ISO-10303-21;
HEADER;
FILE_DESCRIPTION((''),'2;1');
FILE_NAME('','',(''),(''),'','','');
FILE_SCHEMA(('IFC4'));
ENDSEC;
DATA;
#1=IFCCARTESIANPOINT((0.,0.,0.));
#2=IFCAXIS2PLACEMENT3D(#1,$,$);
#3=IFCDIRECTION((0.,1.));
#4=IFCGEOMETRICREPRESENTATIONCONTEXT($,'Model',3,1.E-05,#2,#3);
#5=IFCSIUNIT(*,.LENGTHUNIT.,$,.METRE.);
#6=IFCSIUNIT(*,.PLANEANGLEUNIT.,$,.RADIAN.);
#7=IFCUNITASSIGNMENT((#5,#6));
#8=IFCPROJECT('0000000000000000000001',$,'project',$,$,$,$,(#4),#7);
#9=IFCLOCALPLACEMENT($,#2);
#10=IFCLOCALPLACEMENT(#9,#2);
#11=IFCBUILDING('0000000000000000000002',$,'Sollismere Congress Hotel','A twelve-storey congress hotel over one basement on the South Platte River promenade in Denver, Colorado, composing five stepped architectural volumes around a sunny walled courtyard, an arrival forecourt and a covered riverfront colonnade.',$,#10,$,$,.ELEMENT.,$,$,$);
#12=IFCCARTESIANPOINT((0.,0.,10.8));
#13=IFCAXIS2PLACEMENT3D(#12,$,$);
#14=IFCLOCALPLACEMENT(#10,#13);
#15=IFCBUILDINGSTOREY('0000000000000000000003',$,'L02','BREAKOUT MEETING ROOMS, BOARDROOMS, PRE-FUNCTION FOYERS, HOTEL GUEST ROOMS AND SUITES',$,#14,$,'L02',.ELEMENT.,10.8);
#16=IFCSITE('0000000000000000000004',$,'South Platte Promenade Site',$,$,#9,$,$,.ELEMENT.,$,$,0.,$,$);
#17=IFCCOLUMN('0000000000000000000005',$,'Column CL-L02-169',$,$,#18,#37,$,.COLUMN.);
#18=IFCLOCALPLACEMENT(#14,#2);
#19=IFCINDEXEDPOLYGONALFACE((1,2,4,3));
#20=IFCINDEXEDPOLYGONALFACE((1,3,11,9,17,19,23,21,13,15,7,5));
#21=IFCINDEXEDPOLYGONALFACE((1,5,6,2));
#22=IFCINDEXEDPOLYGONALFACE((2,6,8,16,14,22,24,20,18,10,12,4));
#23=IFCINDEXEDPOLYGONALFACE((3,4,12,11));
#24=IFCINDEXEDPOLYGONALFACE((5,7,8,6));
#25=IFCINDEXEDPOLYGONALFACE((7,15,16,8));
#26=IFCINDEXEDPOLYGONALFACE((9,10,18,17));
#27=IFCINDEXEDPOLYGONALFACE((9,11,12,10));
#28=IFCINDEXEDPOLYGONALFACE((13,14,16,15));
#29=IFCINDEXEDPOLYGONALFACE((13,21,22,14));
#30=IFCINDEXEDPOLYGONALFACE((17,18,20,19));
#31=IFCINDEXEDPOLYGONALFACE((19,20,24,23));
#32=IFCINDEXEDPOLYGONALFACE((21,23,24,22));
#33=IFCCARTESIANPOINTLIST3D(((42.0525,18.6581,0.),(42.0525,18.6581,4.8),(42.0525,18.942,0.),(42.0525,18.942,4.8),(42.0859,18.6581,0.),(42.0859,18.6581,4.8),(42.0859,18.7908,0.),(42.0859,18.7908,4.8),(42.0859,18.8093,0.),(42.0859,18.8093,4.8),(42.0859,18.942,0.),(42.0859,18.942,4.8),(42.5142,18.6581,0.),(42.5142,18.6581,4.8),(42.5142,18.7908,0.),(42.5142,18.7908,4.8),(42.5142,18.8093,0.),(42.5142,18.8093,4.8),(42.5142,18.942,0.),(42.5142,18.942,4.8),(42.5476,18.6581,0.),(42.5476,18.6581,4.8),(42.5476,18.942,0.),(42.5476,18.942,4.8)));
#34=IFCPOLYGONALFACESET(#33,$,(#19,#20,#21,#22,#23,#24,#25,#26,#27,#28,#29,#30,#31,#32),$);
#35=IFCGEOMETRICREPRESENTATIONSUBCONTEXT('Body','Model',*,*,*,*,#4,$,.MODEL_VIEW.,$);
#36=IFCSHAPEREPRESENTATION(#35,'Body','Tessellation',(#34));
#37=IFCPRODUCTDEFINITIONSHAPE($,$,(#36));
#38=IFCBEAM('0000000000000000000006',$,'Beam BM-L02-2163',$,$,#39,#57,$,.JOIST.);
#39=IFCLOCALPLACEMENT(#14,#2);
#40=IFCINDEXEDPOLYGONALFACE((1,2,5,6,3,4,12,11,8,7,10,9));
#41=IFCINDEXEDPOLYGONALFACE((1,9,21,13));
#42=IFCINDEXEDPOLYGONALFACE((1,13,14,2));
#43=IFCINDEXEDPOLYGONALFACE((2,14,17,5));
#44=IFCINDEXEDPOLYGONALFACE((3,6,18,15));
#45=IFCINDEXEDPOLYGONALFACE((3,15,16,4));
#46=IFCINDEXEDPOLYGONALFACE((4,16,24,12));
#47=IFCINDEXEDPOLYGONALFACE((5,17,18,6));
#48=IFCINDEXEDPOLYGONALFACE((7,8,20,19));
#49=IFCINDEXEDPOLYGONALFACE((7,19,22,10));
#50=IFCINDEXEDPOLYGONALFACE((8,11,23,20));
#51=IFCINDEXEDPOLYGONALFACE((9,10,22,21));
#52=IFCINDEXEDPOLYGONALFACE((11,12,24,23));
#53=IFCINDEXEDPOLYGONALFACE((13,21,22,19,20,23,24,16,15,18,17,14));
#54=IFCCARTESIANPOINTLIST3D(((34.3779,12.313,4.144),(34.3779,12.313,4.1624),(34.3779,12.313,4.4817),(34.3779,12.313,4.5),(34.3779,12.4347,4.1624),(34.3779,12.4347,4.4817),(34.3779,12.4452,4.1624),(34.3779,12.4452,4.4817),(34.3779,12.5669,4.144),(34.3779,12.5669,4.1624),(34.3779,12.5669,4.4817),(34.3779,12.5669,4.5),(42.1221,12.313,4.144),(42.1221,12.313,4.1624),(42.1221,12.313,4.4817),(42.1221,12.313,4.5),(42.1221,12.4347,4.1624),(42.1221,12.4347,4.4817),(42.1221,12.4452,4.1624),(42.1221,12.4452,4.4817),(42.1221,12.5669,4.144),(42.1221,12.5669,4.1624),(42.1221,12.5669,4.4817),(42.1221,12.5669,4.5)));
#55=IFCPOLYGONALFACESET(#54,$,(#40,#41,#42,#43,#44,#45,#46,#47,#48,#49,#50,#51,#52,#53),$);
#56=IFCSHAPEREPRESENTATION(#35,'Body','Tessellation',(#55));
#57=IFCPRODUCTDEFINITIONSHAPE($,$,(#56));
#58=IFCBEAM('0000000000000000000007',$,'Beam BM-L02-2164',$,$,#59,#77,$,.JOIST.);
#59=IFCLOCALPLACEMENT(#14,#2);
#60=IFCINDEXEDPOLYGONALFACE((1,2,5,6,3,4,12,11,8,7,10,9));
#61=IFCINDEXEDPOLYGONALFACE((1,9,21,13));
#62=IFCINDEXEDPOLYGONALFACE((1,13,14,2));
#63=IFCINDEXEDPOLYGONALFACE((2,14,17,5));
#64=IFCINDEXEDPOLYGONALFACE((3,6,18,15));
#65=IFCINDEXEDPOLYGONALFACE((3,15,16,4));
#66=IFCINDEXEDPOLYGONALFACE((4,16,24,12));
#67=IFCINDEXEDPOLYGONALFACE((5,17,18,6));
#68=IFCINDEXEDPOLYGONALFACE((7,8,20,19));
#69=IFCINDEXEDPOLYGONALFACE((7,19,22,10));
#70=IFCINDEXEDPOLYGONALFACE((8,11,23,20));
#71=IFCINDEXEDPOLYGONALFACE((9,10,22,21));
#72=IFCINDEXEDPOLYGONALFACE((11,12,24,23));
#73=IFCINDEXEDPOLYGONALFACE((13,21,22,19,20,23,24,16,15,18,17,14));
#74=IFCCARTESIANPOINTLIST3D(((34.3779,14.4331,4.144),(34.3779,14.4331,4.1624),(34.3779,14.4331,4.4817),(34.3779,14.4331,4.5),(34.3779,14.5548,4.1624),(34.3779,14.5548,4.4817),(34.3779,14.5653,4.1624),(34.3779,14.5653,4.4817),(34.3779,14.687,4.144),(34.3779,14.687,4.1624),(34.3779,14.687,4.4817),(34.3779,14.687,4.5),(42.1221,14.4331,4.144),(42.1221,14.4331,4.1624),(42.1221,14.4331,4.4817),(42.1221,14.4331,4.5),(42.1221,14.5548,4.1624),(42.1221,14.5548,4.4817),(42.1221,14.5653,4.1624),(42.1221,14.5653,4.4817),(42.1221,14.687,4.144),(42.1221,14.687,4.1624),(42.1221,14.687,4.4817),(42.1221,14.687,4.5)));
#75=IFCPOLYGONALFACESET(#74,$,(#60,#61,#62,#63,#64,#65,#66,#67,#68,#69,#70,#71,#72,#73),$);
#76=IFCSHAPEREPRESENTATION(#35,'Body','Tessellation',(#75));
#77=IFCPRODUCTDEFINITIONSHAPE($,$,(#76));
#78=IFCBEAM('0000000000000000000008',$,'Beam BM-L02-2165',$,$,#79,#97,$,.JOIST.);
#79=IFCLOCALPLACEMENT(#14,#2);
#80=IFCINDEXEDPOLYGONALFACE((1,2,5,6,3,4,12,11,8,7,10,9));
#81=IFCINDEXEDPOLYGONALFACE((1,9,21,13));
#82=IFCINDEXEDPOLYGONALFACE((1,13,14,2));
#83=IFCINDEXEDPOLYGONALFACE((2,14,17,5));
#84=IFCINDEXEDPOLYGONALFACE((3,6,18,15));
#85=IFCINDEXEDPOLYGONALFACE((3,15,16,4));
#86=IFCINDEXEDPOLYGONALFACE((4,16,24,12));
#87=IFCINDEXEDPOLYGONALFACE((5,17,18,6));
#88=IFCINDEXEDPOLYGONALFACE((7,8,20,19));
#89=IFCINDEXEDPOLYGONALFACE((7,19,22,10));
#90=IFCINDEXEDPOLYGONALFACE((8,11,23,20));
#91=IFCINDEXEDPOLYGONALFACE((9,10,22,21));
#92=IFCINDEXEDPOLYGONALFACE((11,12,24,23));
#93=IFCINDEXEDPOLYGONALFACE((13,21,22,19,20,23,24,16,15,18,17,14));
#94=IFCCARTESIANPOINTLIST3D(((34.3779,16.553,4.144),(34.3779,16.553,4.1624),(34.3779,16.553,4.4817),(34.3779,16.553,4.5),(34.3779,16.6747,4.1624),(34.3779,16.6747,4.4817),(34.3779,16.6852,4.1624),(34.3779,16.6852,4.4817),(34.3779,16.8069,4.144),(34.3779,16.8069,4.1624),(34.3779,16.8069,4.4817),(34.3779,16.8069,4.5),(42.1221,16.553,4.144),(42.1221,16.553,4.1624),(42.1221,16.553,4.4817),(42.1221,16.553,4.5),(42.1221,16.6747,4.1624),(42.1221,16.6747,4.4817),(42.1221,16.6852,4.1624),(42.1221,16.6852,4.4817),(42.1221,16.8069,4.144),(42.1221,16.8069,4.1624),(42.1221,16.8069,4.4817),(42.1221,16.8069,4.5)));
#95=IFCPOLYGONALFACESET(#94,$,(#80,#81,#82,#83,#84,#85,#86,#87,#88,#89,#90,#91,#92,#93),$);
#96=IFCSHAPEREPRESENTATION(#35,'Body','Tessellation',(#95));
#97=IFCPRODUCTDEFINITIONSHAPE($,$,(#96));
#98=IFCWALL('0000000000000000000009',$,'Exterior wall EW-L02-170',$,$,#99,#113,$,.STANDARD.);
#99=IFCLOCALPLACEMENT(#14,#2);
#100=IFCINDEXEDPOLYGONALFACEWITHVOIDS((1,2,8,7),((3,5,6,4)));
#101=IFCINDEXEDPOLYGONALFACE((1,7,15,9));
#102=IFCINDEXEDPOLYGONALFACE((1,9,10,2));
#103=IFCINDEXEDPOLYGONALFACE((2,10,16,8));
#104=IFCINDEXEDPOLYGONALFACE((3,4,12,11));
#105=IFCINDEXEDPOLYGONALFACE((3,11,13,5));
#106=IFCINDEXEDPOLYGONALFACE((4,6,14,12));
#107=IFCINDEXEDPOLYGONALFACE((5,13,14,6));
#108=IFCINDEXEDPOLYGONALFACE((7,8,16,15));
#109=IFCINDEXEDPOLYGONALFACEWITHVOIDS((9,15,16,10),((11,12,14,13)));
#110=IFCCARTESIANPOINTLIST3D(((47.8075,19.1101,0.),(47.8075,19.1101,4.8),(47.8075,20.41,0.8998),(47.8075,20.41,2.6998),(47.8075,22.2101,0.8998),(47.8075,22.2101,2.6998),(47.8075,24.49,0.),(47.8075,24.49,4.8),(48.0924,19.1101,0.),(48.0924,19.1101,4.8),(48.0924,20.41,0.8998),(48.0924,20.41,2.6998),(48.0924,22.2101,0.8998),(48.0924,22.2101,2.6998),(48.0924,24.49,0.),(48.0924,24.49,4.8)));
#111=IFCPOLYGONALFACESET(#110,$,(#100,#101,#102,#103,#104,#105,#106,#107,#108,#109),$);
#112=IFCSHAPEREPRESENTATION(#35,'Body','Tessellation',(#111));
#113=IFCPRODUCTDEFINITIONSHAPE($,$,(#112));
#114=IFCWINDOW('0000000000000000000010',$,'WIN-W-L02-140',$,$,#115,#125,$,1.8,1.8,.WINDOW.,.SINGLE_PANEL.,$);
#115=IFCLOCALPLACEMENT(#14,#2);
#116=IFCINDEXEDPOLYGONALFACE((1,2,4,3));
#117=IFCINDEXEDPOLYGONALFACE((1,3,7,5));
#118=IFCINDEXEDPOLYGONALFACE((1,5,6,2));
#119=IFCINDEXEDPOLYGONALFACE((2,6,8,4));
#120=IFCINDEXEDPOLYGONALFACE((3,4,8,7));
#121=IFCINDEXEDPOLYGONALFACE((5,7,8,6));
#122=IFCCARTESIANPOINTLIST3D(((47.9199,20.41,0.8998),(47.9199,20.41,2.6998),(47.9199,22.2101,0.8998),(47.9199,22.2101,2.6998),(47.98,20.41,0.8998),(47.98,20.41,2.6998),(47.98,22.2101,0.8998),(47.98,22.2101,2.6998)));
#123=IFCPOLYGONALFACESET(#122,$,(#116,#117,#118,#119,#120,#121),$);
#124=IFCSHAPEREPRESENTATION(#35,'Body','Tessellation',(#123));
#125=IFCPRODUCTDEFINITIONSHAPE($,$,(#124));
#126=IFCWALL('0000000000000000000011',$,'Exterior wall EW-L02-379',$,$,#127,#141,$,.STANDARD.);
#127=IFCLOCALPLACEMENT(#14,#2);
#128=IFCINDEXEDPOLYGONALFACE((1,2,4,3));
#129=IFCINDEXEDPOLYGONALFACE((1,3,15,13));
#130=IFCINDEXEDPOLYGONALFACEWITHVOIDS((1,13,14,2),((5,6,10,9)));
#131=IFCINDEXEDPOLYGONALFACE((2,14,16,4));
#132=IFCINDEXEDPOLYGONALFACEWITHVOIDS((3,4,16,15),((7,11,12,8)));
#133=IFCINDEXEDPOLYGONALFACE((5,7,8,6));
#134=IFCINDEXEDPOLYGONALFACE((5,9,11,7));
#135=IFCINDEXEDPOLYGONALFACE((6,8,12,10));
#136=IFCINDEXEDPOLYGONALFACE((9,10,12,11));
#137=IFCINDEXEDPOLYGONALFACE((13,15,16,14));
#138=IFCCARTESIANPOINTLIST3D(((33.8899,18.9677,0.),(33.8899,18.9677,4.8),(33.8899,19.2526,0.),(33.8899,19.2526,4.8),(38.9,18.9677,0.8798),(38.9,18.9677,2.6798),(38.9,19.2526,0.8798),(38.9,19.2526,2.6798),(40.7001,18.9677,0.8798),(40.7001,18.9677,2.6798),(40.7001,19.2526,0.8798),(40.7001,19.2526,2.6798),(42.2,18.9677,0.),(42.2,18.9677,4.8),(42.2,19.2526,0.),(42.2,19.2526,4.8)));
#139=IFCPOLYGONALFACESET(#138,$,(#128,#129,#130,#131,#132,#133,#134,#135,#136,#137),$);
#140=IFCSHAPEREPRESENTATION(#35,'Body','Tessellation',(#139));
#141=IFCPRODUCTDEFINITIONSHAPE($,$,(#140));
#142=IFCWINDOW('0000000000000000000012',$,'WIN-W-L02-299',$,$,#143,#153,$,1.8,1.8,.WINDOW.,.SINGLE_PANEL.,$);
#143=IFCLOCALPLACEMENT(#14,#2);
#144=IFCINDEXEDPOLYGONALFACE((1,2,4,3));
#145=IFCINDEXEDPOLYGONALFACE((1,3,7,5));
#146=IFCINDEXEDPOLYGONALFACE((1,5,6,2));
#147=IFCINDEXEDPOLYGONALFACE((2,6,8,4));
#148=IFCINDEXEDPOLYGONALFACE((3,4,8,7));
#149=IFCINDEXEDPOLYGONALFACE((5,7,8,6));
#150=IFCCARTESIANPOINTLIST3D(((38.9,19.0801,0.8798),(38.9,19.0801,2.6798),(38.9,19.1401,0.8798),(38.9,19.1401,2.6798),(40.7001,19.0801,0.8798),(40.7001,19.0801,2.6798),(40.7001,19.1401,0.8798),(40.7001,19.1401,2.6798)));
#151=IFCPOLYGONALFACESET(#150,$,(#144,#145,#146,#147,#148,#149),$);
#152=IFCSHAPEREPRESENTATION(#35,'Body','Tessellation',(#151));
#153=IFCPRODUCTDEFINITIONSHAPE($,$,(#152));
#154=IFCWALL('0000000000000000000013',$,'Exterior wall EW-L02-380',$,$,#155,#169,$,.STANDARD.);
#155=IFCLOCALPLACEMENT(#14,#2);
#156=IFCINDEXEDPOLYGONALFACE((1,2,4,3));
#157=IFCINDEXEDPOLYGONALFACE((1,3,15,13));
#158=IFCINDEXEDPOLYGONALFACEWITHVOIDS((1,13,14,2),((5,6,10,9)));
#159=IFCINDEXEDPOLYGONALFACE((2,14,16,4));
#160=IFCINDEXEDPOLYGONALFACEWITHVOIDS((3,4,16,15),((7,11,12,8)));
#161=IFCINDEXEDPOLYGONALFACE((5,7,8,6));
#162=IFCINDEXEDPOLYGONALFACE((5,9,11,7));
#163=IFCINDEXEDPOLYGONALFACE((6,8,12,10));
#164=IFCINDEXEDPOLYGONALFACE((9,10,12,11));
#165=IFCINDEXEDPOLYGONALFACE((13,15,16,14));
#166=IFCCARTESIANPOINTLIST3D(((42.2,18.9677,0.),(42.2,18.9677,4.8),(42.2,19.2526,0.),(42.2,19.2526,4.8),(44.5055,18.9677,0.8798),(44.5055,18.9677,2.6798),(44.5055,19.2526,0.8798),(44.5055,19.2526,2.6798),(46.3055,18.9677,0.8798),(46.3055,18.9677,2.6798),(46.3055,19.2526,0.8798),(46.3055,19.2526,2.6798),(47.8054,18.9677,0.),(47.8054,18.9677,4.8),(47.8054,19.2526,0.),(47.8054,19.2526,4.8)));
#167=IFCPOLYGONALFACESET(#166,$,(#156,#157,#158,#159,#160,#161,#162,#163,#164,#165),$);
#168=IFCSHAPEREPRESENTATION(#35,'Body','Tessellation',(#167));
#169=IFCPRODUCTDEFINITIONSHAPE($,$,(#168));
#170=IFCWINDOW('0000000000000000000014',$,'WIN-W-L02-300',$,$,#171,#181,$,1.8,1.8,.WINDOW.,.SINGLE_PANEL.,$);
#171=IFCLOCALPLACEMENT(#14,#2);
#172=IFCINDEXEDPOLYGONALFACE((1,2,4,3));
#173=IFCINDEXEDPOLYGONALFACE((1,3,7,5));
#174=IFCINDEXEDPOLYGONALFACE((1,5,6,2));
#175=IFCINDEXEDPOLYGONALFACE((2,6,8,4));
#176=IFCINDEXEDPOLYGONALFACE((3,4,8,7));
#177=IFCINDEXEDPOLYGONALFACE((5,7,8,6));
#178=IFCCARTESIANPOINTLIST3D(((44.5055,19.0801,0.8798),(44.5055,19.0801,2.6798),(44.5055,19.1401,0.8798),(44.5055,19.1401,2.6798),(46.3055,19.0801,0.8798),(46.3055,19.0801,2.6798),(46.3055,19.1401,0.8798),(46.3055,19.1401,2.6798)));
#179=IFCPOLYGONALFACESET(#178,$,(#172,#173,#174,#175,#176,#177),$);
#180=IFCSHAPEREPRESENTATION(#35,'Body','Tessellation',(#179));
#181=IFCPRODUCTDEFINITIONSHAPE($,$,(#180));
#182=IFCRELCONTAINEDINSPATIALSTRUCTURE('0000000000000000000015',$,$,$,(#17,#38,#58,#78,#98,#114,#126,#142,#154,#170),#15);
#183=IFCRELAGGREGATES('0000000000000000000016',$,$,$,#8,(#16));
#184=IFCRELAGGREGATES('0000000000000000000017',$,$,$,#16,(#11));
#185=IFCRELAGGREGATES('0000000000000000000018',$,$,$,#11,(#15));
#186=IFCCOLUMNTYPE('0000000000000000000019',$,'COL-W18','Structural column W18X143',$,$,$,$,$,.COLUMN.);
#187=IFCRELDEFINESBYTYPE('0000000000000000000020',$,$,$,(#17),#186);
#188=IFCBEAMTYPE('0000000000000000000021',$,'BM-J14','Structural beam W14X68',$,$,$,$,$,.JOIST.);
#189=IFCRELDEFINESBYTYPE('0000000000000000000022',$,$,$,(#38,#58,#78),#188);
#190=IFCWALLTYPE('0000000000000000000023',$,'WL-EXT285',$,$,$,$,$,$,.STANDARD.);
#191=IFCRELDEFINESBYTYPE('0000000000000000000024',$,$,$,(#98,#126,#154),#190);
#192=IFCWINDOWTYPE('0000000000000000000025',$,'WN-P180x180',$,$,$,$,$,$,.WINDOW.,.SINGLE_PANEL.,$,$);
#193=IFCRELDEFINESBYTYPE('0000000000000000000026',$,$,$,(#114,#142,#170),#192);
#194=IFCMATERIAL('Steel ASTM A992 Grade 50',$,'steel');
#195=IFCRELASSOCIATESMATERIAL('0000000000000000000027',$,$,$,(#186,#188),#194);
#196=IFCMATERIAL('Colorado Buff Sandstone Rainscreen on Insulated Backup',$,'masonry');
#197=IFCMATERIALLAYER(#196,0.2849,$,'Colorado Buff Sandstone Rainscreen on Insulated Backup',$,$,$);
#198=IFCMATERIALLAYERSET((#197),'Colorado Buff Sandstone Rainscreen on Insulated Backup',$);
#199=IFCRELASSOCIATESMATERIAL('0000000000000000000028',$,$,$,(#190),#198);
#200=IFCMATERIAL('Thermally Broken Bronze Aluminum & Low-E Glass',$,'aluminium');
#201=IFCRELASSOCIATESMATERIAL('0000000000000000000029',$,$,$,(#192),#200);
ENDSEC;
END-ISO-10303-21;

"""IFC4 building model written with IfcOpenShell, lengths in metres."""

from ifc_helpers import new_model, si_unit, direction, frame, frame_2d, origin, origin_2d, place, context, subcontext, project, spatial, rectangle, i_section, extrude, material, layer, layer_set, material_profile, profile_set, type_object, element, fill, save


model = new_model("IFC4")

# Units and contexts
model_context = context("Model", 3, precision=1e-05, world=origin(), true_north=direction((0.0, 1.0)))
body_context = subcontext(model_context, "Body", "Model", "MODEL_VIEW")
ifc_project = project(units=[si_unit("LENGTHUNIT", "METRE"), si_unit("PLANEANGLEUNIT", "RADIAN")], contexts=[model_context])

# Site, building, storey
site_placement = place(None, origin())
site = spatial("IfcSite", under=ifc_project, at=site_placement, Name="South Platte Promenade Site", CompositionType="ELEMENT", RefElevation=0.0)
building_placement = place(site_placement, origin())
building = spatial("IfcBuilding", under=site, at=building_placement, Name="Sollismere Congress Hotel", Description="A twelve-storey congress hotel over one basement on the South Platte River promenade in Denver, Colorado, composing five stepped architectural volumes around a sunny walled courtyard, an arrival forecourt and a covered riverfront colonnade.", CompositionType="ELEMENT")
storey_placement = place(building_placement, frame((0.0, 0.0, 10.8)))
storey = spatial("IfcBuildingStorey", under=building, at=storey_placement, Name="L02", Description="BREAKOUT MEETING ROOMS, BOARDROOMS, PRE-FUNCTION FOYERS, HOTEL GUEST ROOMS AND SUITES", LongName="L02", CompositionType="ELEMENT", Elevation=10.8)

# Column
ifc_material_1 = material(Name="Steel ASTM A992 Grade 50", Category="steel")
ifc_material_profile_1 = material_profile(ifc_material_1, i_section(OverallWidth=0.2839, OverallDepth=0.4951, WebThickness=0.0186, FlangeThickness=0.0334, at=origin_2d()), Name="W18X143")
ifc_profile_set_1 = profile_set([ifc_material_profile_1], Name="Steel ASTM A992 Grade 50")
column_type = type_object("IfcColumnType", Name="COL-W18", Description="Structural column W18X143", PredefinedType="COLUMN", material=ifc_profile_set_1)
column_placement = place(storey_placement, frame((42.3, 18.8, 0.0), z_axis=(0.0, 0.0, 1.0), x_axis=(0.0, 1.0, 0.0)))
element("IfcColumn", 1, at=column_placement, inside=storey, type_object=column_type, Name="Column CL-L02-169", PredefinedType="COLUMN", context=body_context, shape_type="SweptSolid", body=[
    extrude(i_section(OverallWidth=0.2839, OverallDepth=0.4951, WebThickness=0.0186, FlangeThickness=0.0334, at=origin_2d()), origin(), (0.0, 0.0, 1.0), 4.8),
])

# Beams
ifc_material_profile_2 = material_profile(ifc_material_1, i_section(OverallWidth=0.2539, OverallDepth=0.356, WebThickness=0.0105, FlangeThickness=0.0183, at=origin_2d()), Name="W14X68")
ifc_profile_set_2 = profile_set([ifc_material_profile_2], Name="Steel ASTM A992 Grade 50")
beam_type = type_object("IfcBeamType", Name="BM-J14", Description="Structural beam W14X68", PredefinedType="JOIST", material=ifc_profile_set_2)
for number, where, z_axis, x_axis, name in (
    (2, (34.3779, 12.4399, 4.322), (1.0, 0.0, 0.0), (0.0, 1.0, 0.0), "Beam BM-L02-2163"),
    (3, (34.3779, 14.5601, 4.322), (1.0, 0.0, 0.0), (0.0, 1.0, 0.0), "Beam BM-L02-2164"),
    (4, (34.3779, 16.6799, 4.322), (1.0, 0.0, 0.0), (0.0, 1.0, 0.0), "Beam BM-L02-2165"),
):
    element("IfcBeam", number, at=place(storey_placement, frame(where, z_axis=z_axis, x_axis=x_axis)), inside=storey, type_object=beam_type, Name=name, PredefinedType="JOIST", context=body_context, shape_type="SweptSolid", body=[
        extrude(i_section(OverallWidth=0.2539, OverallDepth=0.356, WebThickness=0.0105, FlangeThickness=0.0183, at=origin_2d()), origin(), (0.0, 0.0, 1.0), 7.7441),
    ])

# Walls, openings, windows
ifc_material_2 = material(Name="Colorado Buff Sandstone Rainscreen on Insulated Backup", Category="masonry")
ifc_layer_1 = layer(ifc_material_2, 0.2849, Name="Colorado Buff Sandstone Rainscreen on Insulated Backup")
ifc_layer_set_1 = layer_set([ifc_layer_1], Name="Colorado Buff Sandstone Rainscreen on Insulated Backup")
wall_type_1 = type_object("IfcWallType", Name="WL-EXT285", PredefinedType="STANDARD", material=ifc_layer_set_1)
wall_1_placement = place(storey_placement, frame((47.95, 19.1101, 0.0), z_axis=(0.0, 0.0, 1.0), x_axis=(0.0, 1.0, 0.0)))
wall_1 = element("IfcWall", 5, at=wall_1_placement, inside=storey, type_object=wall_type_1, Name="Exterior wall EW-L02-170", PredefinedType="STANDARD", context=body_context, shape_type="SweptSolid", body=[
    extrude(rectangle(XDim=5.3799, YDim=0.2849, at=frame_2d((2.6899, 0.0))), origin(), (0.0, 0.0, 1.0), 4.8),
])
opening_1_placement = place(wall_1_placement, frame((1.3, 0.0, 0.8999)))
opening_1 = element("IfcOpeningElement", 6, at=opening_1_placement, cuts=wall_1, PredefinedType="OPENING", context=body_context, shape_type="SweptSolid", body=[
    extrude(rectangle(XDim=1.8, YDim=1.8, at=frame_2d((0.8999, 0.8999))), frame((0.0, 0.1523, 0.0), z_axis=(0.0, -1.0, 0.0), x_axis=(1.0, 0.0, 0.0)), (0.0, 0.0, 1.0), 0.3049),
])
ifc_material_3 = material(Name="Thermally Broken Bronze Aluminum & Low-E Glass", Category="aluminium")
window_type = type_object("IfcWindowType", Name="WN-P180x180", PartitioningType="SINGLE_PANEL", PredefinedType="WINDOW", material=ifc_material_3)
window_1_placement = place(opening_1_placement, origin())
window_1 = element("IfcWindow", 7, at=window_1_placement, inside=storey, type_object=window_type, Name="WIN-W-L02-140", OverallHeight=1.8, OverallWidth=1.8, PartitioningType="SINGLE_PANEL", PredefinedType="WINDOW", context=body_context, shape_type="SweptSolid", body=[
    extrude(rectangle(XDim=1.8, YDim=1.8, at=frame_2d((0.8999, 0.8999))), frame((0.0, 0.03, 0.0), z_axis=(0.0, -1.0, 0.0), x_axis=(1.0, 0.0, 0.0)), (0.0, 0.0, 1.0), 0.0601),
])
fill(opening_1, window_1)
wall_2_placement = place(storey_placement, frame((42.2, 19.1101, 0.0), z_axis=(0.0, 0.0, 1.0), x_axis=(-1.0, 0.0, 0.0)))
wall_2 = element("IfcWall", 8, at=wall_2_placement, inside=storey, type_object=wall_type_1, Name="Exterior wall EW-L02-379", PredefinedType="STANDARD", context=body_context, shape_type="SweptSolid", body=[
    extrude(rectangle(XDim=8.3101, YDim=0.2849, at=frame_2d((4.155, 0.0))), origin(), (0.0, 0.0, 1.0), 4.8),
])
opening_2_placement = place(wall_2_placement, frame((1.5, 0.0, 0.8799)))
opening_2 = element("IfcOpeningElement", 9, at=opening_2_placement, cuts=wall_2, PredefinedType="OPENING", context=body_context, shape_type="SweptSolid", body=[
    extrude(rectangle(XDim=1.8, YDim=1.8, at=frame_2d((0.8999, 0.8999))), frame((0.0, 0.1523, 0.0), z_axis=(0.0, -1.0, 0.0), x_axis=(1.0, 0.0, 0.0)), (0.0, 0.0, 1.0), 0.3049),
])
window_2_placement = place(opening_2_placement, origin())
window_2 = element("IfcWindow", 10, at=window_2_placement, inside=storey, type_object=window_type, Name="WIN-W-L02-299", OverallHeight=1.8, OverallWidth=1.8, PartitioningType="SINGLE_PANEL", PredefinedType="WINDOW", context=body_context, shape_type="SweptSolid", body=[
    extrude(rectangle(XDim=1.8, YDim=1.8, at=frame_2d((0.8999, 0.8999))), frame((0.0, 0.03, 0.0), z_axis=(0.0, -1.0, 0.0), x_axis=(1.0, 0.0, 0.0)), (0.0, 0.0, 1.0), 0.0601),
])
fill(opening_2, window_2)
wall_3_placement = place(storey_placement, frame((47.8054, 19.1101, 0.0), z_axis=(0.0, 0.0, 1.0), x_axis=(-1.0, 0.0, 0.0)))
wall_3 = element("IfcWall", 11, at=wall_3_placement, inside=storey, type_object=wall_type_1, Name="Exterior wall EW-L02-380", PredefinedType="STANDARD", context=body_context, shape_type="SweptSolid", body=[
    extrude(rectangle(XDim=5.6055, YDim=0.2849, at=frame_2d((2.8027, 0.0))), origin(), (0.0, 0.0, 1.0), 4.8),
])
opening_3_placement = place(wall_3_placement, frame((1.5, 0.0, 0.8799)))
opening_3 = element("IfcOpeningElement", 12, at=opening_3_placement, cuts=wall_3, PredefinedType="OPENING", context=body_context, shape_type="SweptSolid", body=[
    extrude(rectangle(XDim=1.8, YDim=1.8, at=frame_2d((0.8999, 0.8999))), frame((0.0, 0.1523, 0.0), z_axis=(0.0, -1.0, 0.0), x_axis=(1.0, 0.0, 0.0)), (0.0, 0.0, 1.0), 0.3049),
])
window_3_placement = place(opening_3_placement, origin())
window_3 = element("IfcWindow", 13, at=window_3_placement, inside=storey, type_object=window_type, Name="WIN-W-L02-300", OverallHeight=1.8, OverallWidth=1.8, PartitioningType="SINGLE_PANEL", PredefinedType="WINDOW", context=body_context, shape_type="SweptSolid", body=[
    extrude(rectangle(XDim=1.8, YDim=1.8, at=frame_2d((0.8999, 0.8999))), frame((0.0, 0.03, 0.0), z_axis=(0.0, -1.0, 0.0), x_axis=(1.0, 0.0, 0.0)), (0.0, 0.0, 1.0), 0.0601),
])
fill(opening_3, window_3)

save(model, "model.ifc")
